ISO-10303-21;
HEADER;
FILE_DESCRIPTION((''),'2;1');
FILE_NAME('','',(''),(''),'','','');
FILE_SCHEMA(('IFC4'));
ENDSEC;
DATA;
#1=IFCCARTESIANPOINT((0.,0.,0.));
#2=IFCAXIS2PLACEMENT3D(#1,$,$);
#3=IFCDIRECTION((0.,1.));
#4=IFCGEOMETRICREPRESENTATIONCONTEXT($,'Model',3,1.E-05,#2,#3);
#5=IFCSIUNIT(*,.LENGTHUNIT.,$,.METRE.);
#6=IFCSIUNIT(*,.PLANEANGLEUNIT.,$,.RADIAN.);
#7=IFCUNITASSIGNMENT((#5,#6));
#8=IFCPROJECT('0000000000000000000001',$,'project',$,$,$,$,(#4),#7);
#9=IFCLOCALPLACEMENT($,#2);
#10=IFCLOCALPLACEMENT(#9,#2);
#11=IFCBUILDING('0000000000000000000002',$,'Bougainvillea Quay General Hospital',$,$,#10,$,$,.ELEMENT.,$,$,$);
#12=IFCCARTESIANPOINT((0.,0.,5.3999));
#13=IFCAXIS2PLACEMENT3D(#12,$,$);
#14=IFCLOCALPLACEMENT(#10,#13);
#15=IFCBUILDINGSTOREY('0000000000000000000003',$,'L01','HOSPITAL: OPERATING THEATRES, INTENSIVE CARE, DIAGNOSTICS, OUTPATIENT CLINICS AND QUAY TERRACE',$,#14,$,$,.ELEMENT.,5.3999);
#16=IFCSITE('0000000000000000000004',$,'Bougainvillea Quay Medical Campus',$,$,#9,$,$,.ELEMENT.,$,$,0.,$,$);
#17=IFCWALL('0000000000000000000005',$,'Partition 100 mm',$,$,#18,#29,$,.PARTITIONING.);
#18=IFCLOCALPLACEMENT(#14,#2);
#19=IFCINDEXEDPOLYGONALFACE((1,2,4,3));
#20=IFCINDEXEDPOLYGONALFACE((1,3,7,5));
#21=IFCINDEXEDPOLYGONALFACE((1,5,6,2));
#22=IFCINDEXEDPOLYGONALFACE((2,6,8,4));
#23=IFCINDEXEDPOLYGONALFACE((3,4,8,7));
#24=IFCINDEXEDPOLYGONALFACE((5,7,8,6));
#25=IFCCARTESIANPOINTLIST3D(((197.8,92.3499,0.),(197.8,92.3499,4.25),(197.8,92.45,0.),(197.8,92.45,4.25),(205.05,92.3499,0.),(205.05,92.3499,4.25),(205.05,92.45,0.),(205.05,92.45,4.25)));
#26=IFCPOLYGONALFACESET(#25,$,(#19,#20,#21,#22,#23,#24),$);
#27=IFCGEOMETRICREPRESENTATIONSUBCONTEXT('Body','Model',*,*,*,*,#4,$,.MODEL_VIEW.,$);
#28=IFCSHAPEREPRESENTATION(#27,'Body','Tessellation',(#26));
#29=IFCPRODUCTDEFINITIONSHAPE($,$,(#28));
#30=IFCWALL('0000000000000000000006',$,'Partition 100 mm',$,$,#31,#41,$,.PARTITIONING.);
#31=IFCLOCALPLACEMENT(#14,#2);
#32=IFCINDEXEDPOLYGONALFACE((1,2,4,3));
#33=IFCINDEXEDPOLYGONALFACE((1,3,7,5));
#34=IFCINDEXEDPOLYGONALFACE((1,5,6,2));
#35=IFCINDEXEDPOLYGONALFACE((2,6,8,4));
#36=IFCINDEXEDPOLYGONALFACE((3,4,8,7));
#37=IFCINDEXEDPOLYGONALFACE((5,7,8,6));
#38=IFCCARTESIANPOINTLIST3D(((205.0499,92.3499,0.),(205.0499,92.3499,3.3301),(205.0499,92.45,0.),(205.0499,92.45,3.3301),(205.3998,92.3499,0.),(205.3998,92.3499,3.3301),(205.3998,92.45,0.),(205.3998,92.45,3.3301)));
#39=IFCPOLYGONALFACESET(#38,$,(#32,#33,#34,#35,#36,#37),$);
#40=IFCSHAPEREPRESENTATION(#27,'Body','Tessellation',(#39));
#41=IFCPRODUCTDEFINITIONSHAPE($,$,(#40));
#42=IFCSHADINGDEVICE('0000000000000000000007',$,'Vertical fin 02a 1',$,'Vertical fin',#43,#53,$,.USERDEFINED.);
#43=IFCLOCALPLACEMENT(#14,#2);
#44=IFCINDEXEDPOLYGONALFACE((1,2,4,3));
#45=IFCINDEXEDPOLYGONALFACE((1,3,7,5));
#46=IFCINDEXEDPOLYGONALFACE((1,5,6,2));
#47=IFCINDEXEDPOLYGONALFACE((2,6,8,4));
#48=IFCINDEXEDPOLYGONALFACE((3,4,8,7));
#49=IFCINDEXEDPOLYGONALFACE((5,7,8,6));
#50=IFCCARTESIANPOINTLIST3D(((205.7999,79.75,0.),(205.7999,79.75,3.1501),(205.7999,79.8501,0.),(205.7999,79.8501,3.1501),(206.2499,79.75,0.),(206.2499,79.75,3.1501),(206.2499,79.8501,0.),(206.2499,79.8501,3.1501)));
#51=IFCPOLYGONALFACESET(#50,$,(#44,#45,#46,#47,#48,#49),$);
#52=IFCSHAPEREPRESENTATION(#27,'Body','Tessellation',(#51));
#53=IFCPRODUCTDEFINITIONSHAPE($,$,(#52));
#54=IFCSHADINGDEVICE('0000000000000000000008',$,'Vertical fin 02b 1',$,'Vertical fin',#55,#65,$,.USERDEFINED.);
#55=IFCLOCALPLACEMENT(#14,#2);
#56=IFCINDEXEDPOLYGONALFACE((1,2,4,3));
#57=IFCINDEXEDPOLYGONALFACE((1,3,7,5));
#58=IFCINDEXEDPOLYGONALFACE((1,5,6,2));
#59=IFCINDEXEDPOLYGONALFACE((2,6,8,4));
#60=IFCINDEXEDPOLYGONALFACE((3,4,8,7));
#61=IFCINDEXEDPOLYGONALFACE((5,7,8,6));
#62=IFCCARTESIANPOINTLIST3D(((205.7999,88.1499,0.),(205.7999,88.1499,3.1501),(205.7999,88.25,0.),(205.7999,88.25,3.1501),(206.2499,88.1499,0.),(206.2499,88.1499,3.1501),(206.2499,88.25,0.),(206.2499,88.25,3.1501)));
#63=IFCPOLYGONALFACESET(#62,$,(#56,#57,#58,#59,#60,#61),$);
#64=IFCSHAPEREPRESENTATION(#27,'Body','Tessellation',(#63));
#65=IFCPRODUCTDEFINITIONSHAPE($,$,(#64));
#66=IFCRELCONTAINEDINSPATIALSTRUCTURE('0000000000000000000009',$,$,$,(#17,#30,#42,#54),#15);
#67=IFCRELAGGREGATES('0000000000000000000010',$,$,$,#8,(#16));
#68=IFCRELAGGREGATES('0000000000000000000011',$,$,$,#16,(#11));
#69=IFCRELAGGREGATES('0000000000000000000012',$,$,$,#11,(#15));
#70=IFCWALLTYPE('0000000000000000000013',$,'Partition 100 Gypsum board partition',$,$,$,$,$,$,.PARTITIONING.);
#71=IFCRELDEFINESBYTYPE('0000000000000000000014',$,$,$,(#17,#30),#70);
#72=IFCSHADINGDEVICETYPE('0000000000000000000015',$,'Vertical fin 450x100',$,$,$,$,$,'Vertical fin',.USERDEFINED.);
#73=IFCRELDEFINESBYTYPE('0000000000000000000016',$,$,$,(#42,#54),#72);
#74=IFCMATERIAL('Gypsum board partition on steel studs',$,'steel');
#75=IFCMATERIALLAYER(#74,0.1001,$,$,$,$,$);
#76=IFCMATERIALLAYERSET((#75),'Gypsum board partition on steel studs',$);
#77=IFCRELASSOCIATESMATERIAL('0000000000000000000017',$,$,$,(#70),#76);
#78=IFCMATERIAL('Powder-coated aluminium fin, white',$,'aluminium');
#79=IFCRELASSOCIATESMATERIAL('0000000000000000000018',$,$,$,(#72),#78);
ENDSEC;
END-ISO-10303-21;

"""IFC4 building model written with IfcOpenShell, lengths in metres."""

from ifc_helpers import new_model, si_unit, direction, frame, frame_2d, origin, origin_2d, place, context, subcontext, project, spatial, rectangle, extrude, material, layer, layer_set, material_profile, profile_set, type_object, element, save


model = new_model("IFC4")

# Units and contexts
model_context = context("Model", 3, precision=1e-05, world=origin(), true_north=direction((0.0, 1.0)))
body_context = subcontext(model_context, "Body", "Model", "MODEL_VIEW")
ifc_project = project(units=[si_unit("LENGTHUNIT", "METRE"), si_unit("PLANEANGLEUNIT", "RADIAN")], contexts=[model_context])

# Site, building, storey
site_placement = place(None, origin())
site = spatial("IfcSite", under=ifc_project, at=site_placement, Name="Bougainvillea Quay Medical Campus", CompositionType="ELEMENT", RefElevation=0.0)
building_placement = place(site_placement, origin())
building = spatial("IfcBuilding", under=site, at=building_placement, Name="Bougainvillea Quay General Hospital", CompositionType="ELEMENT")
storey_placement = place(building_placement, frame((0.0, 0.0, 5.3999)))
storey = spatial("IfcBuildingStorey", under=building, at=storey_placement, Name="L01", Description="HOSPITAL: OPERATING THEATRES, INTENSIVE CARE, DIAGNOSTICS, OUTPATIENT CLINICS AND QUAY TERRACE", CompositionType="ELEMENT", Elevation=5.3999)

# Walls
ifc_material_1 = material(Name="Gypsum board partition on steel studs", Category="steel")
ifc_layer_1 = layer(ifc_material_1, 0.1001)
ifc_layer_set_1 = layer_set([ifc_layer_1], Name="Gypsum board partition on steel studs")
wall_type_1 = type_object("IfcWallType", Name="Partition 100 Gypsum board partition", PredefinedType="PARTITIONING", material=ifc_layer_set_1)
wall_1_placement = place(storey_placement, frame((197.8, 92.3999, 0.0), z_axis=(0.0, 0.0, 1.0), x_axis=(1.0, 0.0, 0.0)))
element("IfcWall", 1, at=wall_1_placement, inside=storey, type_object=wall_type_1, Name="Partition 100 mm", PredefinedType="PARTITIONING", context=body_context, shape_type="SweptSolid", body=[
    extrude(rectangle(XDim=7.25, YDim=0.1001, at=frame_2d((3.625, 0.0))), origin(), (0.0, 0.0, 1.0), 4.25),
])
wall_2_placement = place(storey_placement, frame((205.05, 92.3999, 0.0), z_axis=(0.0, 0.0, 1.0), x_axis=(1.0, 0.0, 0.0)))
element("IfcWall", 2, at=wall_2_placement, inside=storey, type_object=wall_type_1, Name="Partition 100 mm", PredefinedType="PARTITIONING", context=body_context, shape_type="SweptSolid", body=[
    extrude(rectangle(XDim=0.3499, YDim=0.1001, at=frame_2d((0.1748, 0.0))), origin(), (0.0, 0.0, 1.0), 3.3301),
])

# Shading devices
ifc_material_2 = material(Name="Powder-coated aluminium fin, white", Category="aluminium")
ifc_material_profile_1 = material_profile(ifc_material_2, rectangle(XDim=0.45, YDim=0.1001, at=origin_2d()))
ifc_profile_set_1 = profile_set([ifc_material_profile_1], Name="Powder-coated aluminium fin, white")
shading_device_type = type_object("IfcShadingDeviceType", Name="Vertical fin 450x100", ElementType="Vertical fin", PredefinedType="USERDEFINED", material=ifc_profile_set_1)
for number, where, z_axis, x_axis, name in (
    (3, (206.0249, 79.8, 0.0), (0.0, 0.0, 1.0), (1.0, 0.0, 0.0), "Vertical fin 02a 1"),
    (4, (206.0249, 88.2, 0.0), (0.0, 0.0, 1.0), (1.0, 0.0, 0.0), "Vertical fin 02b 1"),
):
    element("IfcShadingDevice", number, at=place(storey_placement, frame(where, z_axis=z_axis, x_axis=x_axis)), inside=storey, type_object=shading_device_type, Name=name, ObjectType="Vertical fin", PredefinedType="USERDEFINED", context=body_context, shape_type="SweptSolid", body=[
        extrude(rectangle(XDim=0.45, YDim=0.1001, at=origin_2d()), origin(), (0.0, 0.0, 1.0), 3.1501),
    ])

save(model, "model.ifc")
